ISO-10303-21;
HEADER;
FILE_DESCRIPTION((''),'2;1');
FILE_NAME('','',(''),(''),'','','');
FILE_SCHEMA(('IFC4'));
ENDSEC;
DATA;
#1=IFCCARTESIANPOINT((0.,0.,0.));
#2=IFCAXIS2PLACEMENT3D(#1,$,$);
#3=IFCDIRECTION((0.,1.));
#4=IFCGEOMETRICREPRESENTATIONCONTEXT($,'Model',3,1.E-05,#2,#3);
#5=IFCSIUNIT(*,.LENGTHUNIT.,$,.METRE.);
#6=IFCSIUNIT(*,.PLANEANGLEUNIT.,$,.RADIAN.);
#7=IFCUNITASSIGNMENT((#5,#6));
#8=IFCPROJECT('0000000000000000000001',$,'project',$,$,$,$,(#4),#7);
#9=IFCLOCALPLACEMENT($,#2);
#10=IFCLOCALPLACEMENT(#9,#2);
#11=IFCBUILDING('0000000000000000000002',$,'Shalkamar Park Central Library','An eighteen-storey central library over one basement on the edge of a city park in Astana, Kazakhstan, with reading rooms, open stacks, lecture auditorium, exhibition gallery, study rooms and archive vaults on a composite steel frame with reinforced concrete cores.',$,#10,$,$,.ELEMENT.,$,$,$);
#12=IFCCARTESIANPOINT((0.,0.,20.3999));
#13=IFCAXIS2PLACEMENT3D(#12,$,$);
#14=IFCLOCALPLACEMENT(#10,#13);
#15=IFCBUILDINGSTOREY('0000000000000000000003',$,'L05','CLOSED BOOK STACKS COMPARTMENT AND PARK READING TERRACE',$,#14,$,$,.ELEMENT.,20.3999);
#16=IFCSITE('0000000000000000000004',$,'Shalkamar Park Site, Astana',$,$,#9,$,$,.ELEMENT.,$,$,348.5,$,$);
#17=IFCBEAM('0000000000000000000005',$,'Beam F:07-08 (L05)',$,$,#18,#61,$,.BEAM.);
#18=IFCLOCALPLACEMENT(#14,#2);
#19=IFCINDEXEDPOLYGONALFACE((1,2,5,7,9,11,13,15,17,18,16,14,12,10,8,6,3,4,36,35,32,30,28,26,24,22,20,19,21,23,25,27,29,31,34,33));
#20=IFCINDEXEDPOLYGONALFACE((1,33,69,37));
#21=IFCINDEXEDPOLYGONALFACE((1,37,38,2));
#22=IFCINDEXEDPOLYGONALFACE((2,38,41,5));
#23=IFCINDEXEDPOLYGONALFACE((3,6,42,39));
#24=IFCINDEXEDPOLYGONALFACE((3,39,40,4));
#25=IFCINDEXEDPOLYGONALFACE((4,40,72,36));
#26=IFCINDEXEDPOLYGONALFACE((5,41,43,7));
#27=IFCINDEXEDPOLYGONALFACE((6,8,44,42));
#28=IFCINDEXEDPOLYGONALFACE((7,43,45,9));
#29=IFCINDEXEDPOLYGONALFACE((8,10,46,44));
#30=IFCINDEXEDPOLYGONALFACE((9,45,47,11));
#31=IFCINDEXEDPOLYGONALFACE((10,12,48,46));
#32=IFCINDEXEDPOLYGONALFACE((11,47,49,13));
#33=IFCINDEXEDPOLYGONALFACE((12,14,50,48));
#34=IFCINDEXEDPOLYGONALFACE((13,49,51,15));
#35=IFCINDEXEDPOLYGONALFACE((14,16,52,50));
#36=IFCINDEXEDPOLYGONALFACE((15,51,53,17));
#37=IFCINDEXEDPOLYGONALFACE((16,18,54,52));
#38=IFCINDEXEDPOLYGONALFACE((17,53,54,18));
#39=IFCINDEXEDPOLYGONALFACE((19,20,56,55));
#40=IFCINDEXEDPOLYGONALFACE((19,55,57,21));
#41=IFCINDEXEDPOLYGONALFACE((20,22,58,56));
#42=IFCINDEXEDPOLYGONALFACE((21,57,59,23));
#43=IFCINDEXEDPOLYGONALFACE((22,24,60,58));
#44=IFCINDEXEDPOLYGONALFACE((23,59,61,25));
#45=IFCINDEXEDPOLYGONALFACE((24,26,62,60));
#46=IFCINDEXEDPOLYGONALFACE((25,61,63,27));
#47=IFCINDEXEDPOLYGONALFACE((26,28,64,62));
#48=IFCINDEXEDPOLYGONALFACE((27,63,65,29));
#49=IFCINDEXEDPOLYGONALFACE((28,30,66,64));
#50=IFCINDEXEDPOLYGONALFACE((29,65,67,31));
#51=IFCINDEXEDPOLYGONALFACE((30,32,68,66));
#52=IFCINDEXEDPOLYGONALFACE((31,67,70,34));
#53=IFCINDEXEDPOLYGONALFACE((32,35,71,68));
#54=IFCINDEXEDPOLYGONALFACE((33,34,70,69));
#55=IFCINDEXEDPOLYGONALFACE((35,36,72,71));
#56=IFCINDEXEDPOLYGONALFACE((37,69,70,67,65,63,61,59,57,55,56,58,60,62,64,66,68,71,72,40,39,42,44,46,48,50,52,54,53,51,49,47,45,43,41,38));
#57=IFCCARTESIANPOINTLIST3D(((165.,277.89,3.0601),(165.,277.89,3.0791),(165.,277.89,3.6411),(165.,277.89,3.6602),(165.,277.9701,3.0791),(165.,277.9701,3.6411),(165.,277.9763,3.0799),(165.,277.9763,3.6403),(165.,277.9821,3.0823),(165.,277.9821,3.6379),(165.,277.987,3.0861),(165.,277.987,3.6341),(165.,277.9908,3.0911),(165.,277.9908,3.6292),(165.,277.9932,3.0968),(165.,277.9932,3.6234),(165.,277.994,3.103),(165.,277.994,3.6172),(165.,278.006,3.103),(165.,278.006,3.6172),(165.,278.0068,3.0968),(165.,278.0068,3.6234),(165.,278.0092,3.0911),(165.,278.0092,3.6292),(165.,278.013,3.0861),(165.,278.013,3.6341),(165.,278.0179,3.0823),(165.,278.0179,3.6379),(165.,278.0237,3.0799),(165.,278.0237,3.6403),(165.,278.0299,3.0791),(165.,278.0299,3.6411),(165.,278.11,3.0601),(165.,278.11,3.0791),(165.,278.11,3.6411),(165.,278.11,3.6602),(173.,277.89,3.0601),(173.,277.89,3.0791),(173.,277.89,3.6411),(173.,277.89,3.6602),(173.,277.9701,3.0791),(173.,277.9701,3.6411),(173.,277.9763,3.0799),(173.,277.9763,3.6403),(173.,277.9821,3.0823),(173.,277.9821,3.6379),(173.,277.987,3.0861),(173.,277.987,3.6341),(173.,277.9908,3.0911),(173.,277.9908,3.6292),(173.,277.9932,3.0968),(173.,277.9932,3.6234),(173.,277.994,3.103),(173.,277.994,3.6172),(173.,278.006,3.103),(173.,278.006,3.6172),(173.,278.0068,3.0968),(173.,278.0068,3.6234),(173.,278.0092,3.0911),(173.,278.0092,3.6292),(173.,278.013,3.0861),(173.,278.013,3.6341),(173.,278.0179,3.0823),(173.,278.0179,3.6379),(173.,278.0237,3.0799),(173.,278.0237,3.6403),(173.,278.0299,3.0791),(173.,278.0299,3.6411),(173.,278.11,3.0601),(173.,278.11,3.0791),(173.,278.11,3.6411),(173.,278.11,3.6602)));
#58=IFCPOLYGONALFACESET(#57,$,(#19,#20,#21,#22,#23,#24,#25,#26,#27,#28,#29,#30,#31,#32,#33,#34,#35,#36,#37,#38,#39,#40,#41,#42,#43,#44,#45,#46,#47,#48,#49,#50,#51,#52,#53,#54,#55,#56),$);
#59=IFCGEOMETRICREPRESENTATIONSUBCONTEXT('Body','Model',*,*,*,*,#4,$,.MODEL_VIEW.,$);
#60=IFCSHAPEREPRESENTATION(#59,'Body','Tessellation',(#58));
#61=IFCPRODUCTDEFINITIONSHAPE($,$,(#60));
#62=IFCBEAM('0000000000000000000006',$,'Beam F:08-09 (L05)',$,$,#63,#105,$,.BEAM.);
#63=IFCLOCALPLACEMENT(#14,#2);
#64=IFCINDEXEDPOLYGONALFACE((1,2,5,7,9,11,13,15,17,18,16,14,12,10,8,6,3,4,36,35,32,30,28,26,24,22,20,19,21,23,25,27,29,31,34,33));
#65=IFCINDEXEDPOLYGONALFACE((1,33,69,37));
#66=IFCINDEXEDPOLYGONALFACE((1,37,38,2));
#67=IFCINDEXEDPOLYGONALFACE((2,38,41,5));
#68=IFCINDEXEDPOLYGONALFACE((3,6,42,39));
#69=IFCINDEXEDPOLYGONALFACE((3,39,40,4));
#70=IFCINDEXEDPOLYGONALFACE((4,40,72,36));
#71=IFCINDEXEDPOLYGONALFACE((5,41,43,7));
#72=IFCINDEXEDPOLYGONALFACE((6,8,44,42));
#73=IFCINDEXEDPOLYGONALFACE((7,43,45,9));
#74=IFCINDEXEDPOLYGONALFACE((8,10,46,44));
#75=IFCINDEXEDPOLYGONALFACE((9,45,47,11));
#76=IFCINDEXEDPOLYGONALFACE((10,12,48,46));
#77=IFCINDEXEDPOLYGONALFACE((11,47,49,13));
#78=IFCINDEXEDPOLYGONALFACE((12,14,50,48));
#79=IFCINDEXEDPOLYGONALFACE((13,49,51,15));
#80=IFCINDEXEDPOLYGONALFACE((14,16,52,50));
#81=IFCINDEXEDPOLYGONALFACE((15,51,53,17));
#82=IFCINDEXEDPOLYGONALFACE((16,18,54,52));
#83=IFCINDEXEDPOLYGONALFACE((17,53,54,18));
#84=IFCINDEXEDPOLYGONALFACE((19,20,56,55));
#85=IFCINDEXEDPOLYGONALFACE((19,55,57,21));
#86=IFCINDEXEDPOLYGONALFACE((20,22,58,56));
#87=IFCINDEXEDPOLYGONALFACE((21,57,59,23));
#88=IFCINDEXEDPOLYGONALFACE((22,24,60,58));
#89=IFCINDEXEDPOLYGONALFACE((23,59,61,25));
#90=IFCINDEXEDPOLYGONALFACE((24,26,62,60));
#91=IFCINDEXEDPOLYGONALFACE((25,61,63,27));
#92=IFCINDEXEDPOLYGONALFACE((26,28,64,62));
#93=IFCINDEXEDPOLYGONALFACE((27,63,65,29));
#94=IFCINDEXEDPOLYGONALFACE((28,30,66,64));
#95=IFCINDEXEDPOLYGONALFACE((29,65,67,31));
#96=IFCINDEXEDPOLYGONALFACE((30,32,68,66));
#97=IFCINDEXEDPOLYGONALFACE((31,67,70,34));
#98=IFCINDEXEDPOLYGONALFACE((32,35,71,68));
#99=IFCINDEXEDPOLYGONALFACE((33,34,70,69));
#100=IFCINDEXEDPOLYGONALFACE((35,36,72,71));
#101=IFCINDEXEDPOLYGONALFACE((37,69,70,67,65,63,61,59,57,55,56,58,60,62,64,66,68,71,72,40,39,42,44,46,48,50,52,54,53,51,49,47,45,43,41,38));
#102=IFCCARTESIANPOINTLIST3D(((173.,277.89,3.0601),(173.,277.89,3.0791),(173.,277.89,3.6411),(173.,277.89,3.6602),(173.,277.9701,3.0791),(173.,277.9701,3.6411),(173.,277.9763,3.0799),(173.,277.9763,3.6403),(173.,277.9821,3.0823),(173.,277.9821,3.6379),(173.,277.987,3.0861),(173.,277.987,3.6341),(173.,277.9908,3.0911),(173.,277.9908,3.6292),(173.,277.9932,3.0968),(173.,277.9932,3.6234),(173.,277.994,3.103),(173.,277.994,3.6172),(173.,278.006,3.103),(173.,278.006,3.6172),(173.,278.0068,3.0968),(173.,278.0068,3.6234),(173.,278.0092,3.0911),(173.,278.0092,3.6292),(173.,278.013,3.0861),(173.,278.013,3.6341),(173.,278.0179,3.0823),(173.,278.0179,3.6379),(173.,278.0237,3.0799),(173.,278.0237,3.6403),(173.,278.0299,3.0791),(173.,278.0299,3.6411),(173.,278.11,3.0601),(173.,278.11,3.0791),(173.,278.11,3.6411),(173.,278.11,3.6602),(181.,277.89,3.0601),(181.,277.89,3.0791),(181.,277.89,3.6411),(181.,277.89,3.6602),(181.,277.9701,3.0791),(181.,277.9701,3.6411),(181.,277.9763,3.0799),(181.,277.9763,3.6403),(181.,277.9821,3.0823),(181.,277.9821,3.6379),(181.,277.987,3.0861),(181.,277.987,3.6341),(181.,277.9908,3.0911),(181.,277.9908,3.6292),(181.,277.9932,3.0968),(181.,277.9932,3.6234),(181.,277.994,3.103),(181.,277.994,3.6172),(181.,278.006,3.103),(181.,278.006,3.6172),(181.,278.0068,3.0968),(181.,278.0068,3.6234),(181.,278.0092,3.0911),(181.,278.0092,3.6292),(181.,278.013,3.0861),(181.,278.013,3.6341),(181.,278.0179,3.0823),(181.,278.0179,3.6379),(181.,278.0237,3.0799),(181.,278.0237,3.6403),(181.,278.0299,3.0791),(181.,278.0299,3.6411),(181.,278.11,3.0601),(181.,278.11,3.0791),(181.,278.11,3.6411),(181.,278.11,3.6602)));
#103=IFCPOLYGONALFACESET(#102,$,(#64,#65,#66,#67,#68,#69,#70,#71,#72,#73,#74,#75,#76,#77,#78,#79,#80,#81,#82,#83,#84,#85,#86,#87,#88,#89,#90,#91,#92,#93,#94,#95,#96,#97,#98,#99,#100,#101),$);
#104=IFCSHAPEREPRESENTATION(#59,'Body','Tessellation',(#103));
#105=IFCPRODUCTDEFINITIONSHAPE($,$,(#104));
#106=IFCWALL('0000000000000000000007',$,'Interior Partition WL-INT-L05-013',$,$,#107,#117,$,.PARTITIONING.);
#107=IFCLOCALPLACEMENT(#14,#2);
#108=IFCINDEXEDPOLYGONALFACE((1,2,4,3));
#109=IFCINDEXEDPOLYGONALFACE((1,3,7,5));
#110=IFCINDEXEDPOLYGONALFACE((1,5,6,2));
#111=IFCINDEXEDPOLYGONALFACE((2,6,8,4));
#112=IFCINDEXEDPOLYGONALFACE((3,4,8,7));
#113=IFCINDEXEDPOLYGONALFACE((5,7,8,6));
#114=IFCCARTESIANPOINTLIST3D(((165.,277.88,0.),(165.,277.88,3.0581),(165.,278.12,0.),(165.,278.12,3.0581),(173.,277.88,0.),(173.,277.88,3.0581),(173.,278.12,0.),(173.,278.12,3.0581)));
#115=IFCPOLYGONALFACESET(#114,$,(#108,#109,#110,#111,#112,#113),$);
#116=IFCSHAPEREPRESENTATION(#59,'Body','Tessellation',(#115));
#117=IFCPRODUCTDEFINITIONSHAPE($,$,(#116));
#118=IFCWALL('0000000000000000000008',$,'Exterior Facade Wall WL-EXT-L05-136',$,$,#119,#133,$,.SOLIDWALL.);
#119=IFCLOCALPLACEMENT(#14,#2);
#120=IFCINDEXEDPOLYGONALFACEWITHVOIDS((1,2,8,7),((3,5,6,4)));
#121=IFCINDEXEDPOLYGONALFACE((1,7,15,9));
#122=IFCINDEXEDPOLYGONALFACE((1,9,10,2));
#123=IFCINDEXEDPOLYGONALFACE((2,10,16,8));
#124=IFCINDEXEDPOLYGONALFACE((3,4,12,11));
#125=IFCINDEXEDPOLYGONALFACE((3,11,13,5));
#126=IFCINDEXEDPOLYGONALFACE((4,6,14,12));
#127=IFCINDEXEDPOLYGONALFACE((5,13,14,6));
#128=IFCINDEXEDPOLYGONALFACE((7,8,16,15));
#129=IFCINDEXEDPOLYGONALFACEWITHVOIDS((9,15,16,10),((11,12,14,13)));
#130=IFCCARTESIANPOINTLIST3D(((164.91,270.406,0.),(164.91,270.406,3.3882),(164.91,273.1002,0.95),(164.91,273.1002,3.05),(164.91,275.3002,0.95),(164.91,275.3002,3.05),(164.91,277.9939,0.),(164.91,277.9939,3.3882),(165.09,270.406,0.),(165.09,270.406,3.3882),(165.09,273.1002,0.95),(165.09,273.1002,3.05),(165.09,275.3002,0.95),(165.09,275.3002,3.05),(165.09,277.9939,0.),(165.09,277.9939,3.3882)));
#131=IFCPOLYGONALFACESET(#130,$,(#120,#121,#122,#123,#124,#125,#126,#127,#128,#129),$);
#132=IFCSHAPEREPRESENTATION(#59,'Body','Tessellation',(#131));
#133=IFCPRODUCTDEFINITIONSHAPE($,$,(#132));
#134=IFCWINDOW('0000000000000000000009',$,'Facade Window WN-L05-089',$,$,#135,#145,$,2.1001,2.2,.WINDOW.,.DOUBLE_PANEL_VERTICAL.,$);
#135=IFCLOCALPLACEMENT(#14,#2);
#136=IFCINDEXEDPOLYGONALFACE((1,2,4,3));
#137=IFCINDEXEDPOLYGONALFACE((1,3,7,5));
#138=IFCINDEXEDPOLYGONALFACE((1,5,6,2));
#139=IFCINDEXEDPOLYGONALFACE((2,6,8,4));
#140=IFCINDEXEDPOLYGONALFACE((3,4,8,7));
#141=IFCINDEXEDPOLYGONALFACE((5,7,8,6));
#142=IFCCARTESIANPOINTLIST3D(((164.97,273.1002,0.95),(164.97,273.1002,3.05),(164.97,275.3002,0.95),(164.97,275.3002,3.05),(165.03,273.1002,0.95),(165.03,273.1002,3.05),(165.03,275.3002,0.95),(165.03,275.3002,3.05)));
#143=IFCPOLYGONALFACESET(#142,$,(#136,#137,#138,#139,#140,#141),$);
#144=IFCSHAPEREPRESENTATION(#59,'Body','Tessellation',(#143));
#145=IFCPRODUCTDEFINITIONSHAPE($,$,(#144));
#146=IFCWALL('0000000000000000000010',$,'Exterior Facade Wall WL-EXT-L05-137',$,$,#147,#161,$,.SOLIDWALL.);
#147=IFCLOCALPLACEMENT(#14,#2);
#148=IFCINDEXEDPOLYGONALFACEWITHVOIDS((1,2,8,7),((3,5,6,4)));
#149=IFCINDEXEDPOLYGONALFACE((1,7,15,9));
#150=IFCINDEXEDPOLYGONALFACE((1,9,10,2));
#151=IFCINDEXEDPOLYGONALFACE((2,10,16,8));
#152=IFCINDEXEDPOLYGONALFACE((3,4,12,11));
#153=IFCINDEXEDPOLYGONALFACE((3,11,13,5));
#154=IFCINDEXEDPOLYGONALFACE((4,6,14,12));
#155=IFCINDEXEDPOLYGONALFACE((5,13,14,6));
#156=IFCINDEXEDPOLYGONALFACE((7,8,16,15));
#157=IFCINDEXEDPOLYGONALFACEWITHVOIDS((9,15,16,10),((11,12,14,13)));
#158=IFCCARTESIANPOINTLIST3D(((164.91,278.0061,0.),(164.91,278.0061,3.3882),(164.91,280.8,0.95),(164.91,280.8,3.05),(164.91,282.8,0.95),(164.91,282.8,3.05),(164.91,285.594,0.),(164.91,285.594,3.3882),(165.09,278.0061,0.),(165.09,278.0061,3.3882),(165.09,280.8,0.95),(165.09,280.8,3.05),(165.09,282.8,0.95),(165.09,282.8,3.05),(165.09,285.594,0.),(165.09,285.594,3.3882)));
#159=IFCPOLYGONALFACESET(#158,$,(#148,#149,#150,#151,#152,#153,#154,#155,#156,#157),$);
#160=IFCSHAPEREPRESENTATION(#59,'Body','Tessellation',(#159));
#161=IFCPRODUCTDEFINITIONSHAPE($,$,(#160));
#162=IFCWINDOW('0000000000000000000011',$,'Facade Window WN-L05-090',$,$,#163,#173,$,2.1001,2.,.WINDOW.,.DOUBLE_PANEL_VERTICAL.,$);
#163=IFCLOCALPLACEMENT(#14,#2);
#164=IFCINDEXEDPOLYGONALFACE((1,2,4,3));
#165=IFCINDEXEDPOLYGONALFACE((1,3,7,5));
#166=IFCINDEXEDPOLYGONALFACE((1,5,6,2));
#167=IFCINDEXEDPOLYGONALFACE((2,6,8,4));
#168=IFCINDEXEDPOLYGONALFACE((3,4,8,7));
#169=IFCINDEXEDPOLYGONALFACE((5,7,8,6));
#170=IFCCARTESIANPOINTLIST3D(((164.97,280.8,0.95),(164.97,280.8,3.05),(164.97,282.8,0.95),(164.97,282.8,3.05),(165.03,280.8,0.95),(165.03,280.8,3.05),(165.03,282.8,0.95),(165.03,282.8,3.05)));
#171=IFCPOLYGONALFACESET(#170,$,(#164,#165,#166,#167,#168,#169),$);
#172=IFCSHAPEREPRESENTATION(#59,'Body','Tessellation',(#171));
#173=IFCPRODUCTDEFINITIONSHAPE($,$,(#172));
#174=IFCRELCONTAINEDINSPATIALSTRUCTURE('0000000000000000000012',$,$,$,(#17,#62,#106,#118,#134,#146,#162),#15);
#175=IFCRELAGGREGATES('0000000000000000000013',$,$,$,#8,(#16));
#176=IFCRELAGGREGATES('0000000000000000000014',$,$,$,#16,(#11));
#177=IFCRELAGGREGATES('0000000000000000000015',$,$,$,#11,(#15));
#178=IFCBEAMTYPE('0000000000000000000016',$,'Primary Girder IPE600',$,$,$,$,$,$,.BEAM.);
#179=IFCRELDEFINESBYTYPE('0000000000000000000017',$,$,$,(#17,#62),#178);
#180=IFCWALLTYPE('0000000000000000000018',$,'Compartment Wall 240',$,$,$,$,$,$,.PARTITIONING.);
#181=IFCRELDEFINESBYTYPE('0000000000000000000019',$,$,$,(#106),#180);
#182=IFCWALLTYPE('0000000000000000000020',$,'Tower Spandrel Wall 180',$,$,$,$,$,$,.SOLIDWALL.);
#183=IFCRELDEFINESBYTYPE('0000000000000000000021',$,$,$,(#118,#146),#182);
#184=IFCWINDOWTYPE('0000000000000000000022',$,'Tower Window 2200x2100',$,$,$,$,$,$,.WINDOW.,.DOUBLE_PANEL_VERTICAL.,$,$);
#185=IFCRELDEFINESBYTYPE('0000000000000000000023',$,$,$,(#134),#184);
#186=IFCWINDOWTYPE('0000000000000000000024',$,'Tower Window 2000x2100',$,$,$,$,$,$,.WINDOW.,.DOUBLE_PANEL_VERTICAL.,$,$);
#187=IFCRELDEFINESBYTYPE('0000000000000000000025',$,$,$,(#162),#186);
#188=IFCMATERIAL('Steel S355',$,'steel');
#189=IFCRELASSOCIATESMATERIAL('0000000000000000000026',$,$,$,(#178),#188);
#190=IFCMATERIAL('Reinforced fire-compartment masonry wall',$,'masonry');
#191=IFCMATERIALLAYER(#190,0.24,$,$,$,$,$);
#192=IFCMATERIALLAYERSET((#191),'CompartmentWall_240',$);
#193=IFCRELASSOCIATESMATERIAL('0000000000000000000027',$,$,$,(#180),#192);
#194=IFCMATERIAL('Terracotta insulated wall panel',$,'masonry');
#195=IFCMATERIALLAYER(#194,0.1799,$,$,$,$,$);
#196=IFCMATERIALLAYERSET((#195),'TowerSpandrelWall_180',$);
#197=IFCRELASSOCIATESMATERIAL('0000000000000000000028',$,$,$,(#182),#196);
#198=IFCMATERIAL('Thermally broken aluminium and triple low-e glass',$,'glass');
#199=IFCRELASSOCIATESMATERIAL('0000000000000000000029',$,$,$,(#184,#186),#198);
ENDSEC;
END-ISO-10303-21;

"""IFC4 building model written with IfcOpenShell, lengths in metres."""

from ifc_helpers import new_model, si_unit, direction, frame, frame_2d, origin, origin_2d, place, context, subcontext, project, spatial, rectangle, i_section, extrude, material, layer, layer_set, material_profile, profile_set, type_object, element, fill, save


model = new_model("IFC4")

# Units and contexts
model_context = context("Model", 3, precision=1e-05, world=origin(), true_north=direction((0.0, 1.0)))
body_context = subcontext(model_context, "Body", "Model", "MODEL_VIEW")
ifc_project = project(units=[si_unit("LENGTHUNIT", "METRE"), si_unit("PLANEANGLEUNIT", "RADIAN")], contexts=[model_context])

# Site, building, storey
site_placement = place(None, origin())
site = spatial("IfcSite", under=ifc_project, at=site_placement, Name="Shalkamar Park Site, Astana", CompositionType="ELEMENT", RefElevation=348.5)
building_placement = place(site_placement, origin())
building = spatial("IfcBuilding", under=site, at=building_placement, Name="Shalkamar Park Central Library", Description="An eighteen-storey central library over one basement on the edge of a city park in Astana, Kazakhstan, with reading rooms, open stacks, lecture auditorium, exhibition gallery, study rooms and archive vaults on a composite steel frame with reinforced concrete cores.", CompositionType="ELEMENT")
storey_placement = place(building_placement, frame((0.0, 0.0, 20.3999)))
storey = spatial("IfcBuildingStorey", under=building, at=storey_placement, Name="L05", Description="CLOSED BOOK STACKS COMPARTMENT AND PARK READING TERRACE", CompositionType="ELEMENT", Elevation=20.3999)

# Shared definitions
ifc_material_1 = material(Name="Steel S355", Category="steel")

# Beams
ifc_material_profile_1 = material_profile(ifc_material_1, i_section(OverallWidth=0.22, OverallDepth=0.6001, WebThickness=0.012, FlangeThickness=0.019, FilletRadius=0.0239, at=origin_2d()), Name="IPE 600")
ifc_profile_set_1 = profile_set([ifc_material_profile_1], Name="Steel S355")
beam_type_1 = type_object("IfcBeamType", Name="Primary Girder IPE600", PredefinedType="BEAM", material=ifc_profile_set_1)
for number, where, z_axis, x_axis, name in (
    (1, (165.0, 278.0, 3.3601), (1.0, 0.0, 0.0), (0.0, 1.0, 0.0), "Beam F:07-08 (L05)"),
    (2, (173.0, 278.0, 3.3601), (1.0, 0.0, 0.0), (0.0, 1.0, 0.0), "Beam F:08-09 (L05)"),
):
    element("IfcBeam", number, at=place(storey_placement, frame(where, z_axis=z_axis, x_axis=x_axis)), inside=storey, type_object=beam_type_1, Name=name, PredefinedType="BEAM", context=body_context, shape_type="SweptSolid", body=[
        extrude(i_section(OverallWidth=0.22, OverallDepth=0.6001, WebThickness=0.012, FlangeThickness=0.019, FilletRadius=0.0239, at=origin_2d()), origin(), (0.0, 0.0, 1.0), 8.0),
    ])

# Wall
ifc_material_2 = material(Name="Reinforced fire-compartment masonry wall", Category="masonry")
ifc_layer_1 = layer(ifc_material_2, 0.24)
ifc_layer_set_1 = layer_set([ifc_layer_1], Name="CompartmentWall_240")
wall_type_1 = type_object("IfcWallType", Name="Compartment Wall 240", PredefinedType="PARTITIONING", material=ifc_layer_set_1)
wall_1_placement = place(storey_placement, frame((165.0, 278.0, 0.0), z_axis=(0.0, 0.0, 1.0), x_axis=(1.0, 0.0, 0.0)))
element("IfcWall", 3, at=wall_1_placement, inside=storey, type_object=wall_type_1, Name="Interior Partition WL-INT-L05-013", PredefinedType="PARTITIONING", context=body_context, shape_type="SweptSolid", body=[
    extrude(rectangle(XDim=8.0, YDim=0.24, at=frame_2d((4.0, 0.0))), origin(), (0.0, 0.0, 1.0), 3.0581),
])

# Walls, openings, windows
ifc_material_3 = material(Name="Terracotta insulated wall panel", Category="masonry")
ifc_layer_2 = layer(ifc_material_3, 0.1799)
ifc_layer_set_2 = layer_set([ifc_layer_2], Name="TowerSpandrelWall_180")
wall_type_2 = type_object("IfcWallType", Name="Tower Spandrel Wall 180", PredefinedType="SOLIDWALL", material=ifc_layer_set_2)
wall_2_placement = place(storey_placement, frame((165.0, 270.406, 0.0), z_axis=(0.0, 0.0, 1.0), x_axis=(0.0, 1.0, 0.0)))
wall_2 = element("IfcWall", 4, at=wall_2_placement, inside=storey, type_object=wall_type_2, Name="Exterior Facade Wall WL-EXT-L05-136", PredefinedType="SOLIDWALL", context=body_context, shape_type="SweptSolid", body=[
    extrude(rectangle(XDim=7.5879, YDim=0.1799, at=frame_2d((3.7939, 0.0))), origin(), (0.0, 0.0, 1.0), 3.3882),
])
opening_1_placement = place(wall_2_placement, frame((2.6941, 0.0, 0.95)))
opening_1 = element("IfcOpeningElement", 5, at=opening_1_placement, cuts=wall_2, PredefinedType="OPENING", context=body_context, shape_type="SweptSolid", body=[
    extrude(rectangle(XDim=2.2, YDim=2.1001, at=frame_2d((1.1001, 1.05))), frame((0.0, 0.105, 0.0), z_axis=(0.0, -1.0, 0.0), x_axis=(1.0, 0.0, 0.0)), (0.0, 0.0, 1.0), 0.2097),
])
ifc_material_4 = material(Name="Thermally broken aluminium and triple low-e glass", Category="glass")
window_type_1 = type_object("IfcWindowType", Name="Tower Window 2200x2100", PartitioningType="DOUBLE_PANEL_VERTICAL", PredefinedType="WINDOW", material=ifc_material_4)
window_1_placement = place(opening_1_placement, origin())
window_1 = element("IfcWindow", 6, at=window_1_placement, inside=storey, type_object=window_type_1, Name="Facade Window WN-L05-089", OverallHeight=2.1001, OverallWidth=2.2, PartitioningType="DOUBLE_PANEL_VERTICAL", PredefinedType="WINDOW", context=body_context, shape_type="SweptSolid", body=[
    extrude(rectangle(XDim=2.2, YDim=2.1001, at=frame_2d((1.1001, 1.05))), frame((0.0, 0.03, 0.0), z_axis=(0.0, -1.0, 0.0), x_axis=(1.0, 0.0, 0.0)), (0.0, 0.0, 1.0), 0.0601),
])
fill(opening_1, window_1)
wall_3_placement = place(storey_placement, frame((165.0, 278.0061, 0.0), z_axis=(0.0, 0.0, 1.0), x_axis=(0.0, 1.0, 0.0)))
wall_3 = element("IfcWall", 7, at=wall_3_placement, inside=storey, type_object=wall_type_2, Name="Exterior Facade Wall WL-EXT-L05-137", PredefinedType="SOLIDWALL", context=body_context, shape_type="SweptSolid", body=[
    extrude(rectangle(XDim=7.5879, YDim=0.1799, at=frame_2d((3.7939, 0.0))), origin(), (0.0, 0.0, 1.0), 3.3882),
])
opening_2_placement = place(wall_3_placement, frame((2.7939, 0.0, 0.95)))
opening_2 = element("IfcOpeningElement", 8, at=opening_2_placement, cuts=wall_3, PredefinedType="OPENING", context=body_context, shape_type="SweptSolid", body=[
    extrude(rectangle(XDim=2.0, YDim=2.1001, at=frame_2d((1.0, 1.05))), frame((0.0, 0.105, 0.0), z_axis=(0.0, -1.0, 0.0), x_axis=(1.0, 0.0, 0.0)), (0.0, 0.0, 1.0), 0.2097),
])
window_type_2 = type_object("IfcWindowType", Name="Tower Window 2000x2100", PartitioningType="DOUBLE_PANEL_VERTICAL", PredefinedType="WINDOW", material=ifc_material_4)
window_2_placement = place(opening_2_placement, origin())
window_2 = element("IfcWindow", 9, at=window_2_placement, inside=storey, type_object=window_type_2, Name="Facade Window WN-L05-090", OverallHeight=2.1001, OverallWidth=2.0, PartitioningType="DOUBLE_PANEL_VERTICAL", PredefinedType="WINDOW", context=body_context, shape_type="SweptSolid", body=[
    extrude(rectangle(XDim=2.0, YDim=2.1001, at=frame_2d((1.0, 1.05))), frame((0.0, 0.03, 0.0), z_axis=(0.0, -1.0, 0.0), x_axis=(1.0, 0.0, 0.0)), (0.0, 0.0, 1.0), 0.0601),
])
fill(opening_2, window_2)

save(model, "model.ifc")
